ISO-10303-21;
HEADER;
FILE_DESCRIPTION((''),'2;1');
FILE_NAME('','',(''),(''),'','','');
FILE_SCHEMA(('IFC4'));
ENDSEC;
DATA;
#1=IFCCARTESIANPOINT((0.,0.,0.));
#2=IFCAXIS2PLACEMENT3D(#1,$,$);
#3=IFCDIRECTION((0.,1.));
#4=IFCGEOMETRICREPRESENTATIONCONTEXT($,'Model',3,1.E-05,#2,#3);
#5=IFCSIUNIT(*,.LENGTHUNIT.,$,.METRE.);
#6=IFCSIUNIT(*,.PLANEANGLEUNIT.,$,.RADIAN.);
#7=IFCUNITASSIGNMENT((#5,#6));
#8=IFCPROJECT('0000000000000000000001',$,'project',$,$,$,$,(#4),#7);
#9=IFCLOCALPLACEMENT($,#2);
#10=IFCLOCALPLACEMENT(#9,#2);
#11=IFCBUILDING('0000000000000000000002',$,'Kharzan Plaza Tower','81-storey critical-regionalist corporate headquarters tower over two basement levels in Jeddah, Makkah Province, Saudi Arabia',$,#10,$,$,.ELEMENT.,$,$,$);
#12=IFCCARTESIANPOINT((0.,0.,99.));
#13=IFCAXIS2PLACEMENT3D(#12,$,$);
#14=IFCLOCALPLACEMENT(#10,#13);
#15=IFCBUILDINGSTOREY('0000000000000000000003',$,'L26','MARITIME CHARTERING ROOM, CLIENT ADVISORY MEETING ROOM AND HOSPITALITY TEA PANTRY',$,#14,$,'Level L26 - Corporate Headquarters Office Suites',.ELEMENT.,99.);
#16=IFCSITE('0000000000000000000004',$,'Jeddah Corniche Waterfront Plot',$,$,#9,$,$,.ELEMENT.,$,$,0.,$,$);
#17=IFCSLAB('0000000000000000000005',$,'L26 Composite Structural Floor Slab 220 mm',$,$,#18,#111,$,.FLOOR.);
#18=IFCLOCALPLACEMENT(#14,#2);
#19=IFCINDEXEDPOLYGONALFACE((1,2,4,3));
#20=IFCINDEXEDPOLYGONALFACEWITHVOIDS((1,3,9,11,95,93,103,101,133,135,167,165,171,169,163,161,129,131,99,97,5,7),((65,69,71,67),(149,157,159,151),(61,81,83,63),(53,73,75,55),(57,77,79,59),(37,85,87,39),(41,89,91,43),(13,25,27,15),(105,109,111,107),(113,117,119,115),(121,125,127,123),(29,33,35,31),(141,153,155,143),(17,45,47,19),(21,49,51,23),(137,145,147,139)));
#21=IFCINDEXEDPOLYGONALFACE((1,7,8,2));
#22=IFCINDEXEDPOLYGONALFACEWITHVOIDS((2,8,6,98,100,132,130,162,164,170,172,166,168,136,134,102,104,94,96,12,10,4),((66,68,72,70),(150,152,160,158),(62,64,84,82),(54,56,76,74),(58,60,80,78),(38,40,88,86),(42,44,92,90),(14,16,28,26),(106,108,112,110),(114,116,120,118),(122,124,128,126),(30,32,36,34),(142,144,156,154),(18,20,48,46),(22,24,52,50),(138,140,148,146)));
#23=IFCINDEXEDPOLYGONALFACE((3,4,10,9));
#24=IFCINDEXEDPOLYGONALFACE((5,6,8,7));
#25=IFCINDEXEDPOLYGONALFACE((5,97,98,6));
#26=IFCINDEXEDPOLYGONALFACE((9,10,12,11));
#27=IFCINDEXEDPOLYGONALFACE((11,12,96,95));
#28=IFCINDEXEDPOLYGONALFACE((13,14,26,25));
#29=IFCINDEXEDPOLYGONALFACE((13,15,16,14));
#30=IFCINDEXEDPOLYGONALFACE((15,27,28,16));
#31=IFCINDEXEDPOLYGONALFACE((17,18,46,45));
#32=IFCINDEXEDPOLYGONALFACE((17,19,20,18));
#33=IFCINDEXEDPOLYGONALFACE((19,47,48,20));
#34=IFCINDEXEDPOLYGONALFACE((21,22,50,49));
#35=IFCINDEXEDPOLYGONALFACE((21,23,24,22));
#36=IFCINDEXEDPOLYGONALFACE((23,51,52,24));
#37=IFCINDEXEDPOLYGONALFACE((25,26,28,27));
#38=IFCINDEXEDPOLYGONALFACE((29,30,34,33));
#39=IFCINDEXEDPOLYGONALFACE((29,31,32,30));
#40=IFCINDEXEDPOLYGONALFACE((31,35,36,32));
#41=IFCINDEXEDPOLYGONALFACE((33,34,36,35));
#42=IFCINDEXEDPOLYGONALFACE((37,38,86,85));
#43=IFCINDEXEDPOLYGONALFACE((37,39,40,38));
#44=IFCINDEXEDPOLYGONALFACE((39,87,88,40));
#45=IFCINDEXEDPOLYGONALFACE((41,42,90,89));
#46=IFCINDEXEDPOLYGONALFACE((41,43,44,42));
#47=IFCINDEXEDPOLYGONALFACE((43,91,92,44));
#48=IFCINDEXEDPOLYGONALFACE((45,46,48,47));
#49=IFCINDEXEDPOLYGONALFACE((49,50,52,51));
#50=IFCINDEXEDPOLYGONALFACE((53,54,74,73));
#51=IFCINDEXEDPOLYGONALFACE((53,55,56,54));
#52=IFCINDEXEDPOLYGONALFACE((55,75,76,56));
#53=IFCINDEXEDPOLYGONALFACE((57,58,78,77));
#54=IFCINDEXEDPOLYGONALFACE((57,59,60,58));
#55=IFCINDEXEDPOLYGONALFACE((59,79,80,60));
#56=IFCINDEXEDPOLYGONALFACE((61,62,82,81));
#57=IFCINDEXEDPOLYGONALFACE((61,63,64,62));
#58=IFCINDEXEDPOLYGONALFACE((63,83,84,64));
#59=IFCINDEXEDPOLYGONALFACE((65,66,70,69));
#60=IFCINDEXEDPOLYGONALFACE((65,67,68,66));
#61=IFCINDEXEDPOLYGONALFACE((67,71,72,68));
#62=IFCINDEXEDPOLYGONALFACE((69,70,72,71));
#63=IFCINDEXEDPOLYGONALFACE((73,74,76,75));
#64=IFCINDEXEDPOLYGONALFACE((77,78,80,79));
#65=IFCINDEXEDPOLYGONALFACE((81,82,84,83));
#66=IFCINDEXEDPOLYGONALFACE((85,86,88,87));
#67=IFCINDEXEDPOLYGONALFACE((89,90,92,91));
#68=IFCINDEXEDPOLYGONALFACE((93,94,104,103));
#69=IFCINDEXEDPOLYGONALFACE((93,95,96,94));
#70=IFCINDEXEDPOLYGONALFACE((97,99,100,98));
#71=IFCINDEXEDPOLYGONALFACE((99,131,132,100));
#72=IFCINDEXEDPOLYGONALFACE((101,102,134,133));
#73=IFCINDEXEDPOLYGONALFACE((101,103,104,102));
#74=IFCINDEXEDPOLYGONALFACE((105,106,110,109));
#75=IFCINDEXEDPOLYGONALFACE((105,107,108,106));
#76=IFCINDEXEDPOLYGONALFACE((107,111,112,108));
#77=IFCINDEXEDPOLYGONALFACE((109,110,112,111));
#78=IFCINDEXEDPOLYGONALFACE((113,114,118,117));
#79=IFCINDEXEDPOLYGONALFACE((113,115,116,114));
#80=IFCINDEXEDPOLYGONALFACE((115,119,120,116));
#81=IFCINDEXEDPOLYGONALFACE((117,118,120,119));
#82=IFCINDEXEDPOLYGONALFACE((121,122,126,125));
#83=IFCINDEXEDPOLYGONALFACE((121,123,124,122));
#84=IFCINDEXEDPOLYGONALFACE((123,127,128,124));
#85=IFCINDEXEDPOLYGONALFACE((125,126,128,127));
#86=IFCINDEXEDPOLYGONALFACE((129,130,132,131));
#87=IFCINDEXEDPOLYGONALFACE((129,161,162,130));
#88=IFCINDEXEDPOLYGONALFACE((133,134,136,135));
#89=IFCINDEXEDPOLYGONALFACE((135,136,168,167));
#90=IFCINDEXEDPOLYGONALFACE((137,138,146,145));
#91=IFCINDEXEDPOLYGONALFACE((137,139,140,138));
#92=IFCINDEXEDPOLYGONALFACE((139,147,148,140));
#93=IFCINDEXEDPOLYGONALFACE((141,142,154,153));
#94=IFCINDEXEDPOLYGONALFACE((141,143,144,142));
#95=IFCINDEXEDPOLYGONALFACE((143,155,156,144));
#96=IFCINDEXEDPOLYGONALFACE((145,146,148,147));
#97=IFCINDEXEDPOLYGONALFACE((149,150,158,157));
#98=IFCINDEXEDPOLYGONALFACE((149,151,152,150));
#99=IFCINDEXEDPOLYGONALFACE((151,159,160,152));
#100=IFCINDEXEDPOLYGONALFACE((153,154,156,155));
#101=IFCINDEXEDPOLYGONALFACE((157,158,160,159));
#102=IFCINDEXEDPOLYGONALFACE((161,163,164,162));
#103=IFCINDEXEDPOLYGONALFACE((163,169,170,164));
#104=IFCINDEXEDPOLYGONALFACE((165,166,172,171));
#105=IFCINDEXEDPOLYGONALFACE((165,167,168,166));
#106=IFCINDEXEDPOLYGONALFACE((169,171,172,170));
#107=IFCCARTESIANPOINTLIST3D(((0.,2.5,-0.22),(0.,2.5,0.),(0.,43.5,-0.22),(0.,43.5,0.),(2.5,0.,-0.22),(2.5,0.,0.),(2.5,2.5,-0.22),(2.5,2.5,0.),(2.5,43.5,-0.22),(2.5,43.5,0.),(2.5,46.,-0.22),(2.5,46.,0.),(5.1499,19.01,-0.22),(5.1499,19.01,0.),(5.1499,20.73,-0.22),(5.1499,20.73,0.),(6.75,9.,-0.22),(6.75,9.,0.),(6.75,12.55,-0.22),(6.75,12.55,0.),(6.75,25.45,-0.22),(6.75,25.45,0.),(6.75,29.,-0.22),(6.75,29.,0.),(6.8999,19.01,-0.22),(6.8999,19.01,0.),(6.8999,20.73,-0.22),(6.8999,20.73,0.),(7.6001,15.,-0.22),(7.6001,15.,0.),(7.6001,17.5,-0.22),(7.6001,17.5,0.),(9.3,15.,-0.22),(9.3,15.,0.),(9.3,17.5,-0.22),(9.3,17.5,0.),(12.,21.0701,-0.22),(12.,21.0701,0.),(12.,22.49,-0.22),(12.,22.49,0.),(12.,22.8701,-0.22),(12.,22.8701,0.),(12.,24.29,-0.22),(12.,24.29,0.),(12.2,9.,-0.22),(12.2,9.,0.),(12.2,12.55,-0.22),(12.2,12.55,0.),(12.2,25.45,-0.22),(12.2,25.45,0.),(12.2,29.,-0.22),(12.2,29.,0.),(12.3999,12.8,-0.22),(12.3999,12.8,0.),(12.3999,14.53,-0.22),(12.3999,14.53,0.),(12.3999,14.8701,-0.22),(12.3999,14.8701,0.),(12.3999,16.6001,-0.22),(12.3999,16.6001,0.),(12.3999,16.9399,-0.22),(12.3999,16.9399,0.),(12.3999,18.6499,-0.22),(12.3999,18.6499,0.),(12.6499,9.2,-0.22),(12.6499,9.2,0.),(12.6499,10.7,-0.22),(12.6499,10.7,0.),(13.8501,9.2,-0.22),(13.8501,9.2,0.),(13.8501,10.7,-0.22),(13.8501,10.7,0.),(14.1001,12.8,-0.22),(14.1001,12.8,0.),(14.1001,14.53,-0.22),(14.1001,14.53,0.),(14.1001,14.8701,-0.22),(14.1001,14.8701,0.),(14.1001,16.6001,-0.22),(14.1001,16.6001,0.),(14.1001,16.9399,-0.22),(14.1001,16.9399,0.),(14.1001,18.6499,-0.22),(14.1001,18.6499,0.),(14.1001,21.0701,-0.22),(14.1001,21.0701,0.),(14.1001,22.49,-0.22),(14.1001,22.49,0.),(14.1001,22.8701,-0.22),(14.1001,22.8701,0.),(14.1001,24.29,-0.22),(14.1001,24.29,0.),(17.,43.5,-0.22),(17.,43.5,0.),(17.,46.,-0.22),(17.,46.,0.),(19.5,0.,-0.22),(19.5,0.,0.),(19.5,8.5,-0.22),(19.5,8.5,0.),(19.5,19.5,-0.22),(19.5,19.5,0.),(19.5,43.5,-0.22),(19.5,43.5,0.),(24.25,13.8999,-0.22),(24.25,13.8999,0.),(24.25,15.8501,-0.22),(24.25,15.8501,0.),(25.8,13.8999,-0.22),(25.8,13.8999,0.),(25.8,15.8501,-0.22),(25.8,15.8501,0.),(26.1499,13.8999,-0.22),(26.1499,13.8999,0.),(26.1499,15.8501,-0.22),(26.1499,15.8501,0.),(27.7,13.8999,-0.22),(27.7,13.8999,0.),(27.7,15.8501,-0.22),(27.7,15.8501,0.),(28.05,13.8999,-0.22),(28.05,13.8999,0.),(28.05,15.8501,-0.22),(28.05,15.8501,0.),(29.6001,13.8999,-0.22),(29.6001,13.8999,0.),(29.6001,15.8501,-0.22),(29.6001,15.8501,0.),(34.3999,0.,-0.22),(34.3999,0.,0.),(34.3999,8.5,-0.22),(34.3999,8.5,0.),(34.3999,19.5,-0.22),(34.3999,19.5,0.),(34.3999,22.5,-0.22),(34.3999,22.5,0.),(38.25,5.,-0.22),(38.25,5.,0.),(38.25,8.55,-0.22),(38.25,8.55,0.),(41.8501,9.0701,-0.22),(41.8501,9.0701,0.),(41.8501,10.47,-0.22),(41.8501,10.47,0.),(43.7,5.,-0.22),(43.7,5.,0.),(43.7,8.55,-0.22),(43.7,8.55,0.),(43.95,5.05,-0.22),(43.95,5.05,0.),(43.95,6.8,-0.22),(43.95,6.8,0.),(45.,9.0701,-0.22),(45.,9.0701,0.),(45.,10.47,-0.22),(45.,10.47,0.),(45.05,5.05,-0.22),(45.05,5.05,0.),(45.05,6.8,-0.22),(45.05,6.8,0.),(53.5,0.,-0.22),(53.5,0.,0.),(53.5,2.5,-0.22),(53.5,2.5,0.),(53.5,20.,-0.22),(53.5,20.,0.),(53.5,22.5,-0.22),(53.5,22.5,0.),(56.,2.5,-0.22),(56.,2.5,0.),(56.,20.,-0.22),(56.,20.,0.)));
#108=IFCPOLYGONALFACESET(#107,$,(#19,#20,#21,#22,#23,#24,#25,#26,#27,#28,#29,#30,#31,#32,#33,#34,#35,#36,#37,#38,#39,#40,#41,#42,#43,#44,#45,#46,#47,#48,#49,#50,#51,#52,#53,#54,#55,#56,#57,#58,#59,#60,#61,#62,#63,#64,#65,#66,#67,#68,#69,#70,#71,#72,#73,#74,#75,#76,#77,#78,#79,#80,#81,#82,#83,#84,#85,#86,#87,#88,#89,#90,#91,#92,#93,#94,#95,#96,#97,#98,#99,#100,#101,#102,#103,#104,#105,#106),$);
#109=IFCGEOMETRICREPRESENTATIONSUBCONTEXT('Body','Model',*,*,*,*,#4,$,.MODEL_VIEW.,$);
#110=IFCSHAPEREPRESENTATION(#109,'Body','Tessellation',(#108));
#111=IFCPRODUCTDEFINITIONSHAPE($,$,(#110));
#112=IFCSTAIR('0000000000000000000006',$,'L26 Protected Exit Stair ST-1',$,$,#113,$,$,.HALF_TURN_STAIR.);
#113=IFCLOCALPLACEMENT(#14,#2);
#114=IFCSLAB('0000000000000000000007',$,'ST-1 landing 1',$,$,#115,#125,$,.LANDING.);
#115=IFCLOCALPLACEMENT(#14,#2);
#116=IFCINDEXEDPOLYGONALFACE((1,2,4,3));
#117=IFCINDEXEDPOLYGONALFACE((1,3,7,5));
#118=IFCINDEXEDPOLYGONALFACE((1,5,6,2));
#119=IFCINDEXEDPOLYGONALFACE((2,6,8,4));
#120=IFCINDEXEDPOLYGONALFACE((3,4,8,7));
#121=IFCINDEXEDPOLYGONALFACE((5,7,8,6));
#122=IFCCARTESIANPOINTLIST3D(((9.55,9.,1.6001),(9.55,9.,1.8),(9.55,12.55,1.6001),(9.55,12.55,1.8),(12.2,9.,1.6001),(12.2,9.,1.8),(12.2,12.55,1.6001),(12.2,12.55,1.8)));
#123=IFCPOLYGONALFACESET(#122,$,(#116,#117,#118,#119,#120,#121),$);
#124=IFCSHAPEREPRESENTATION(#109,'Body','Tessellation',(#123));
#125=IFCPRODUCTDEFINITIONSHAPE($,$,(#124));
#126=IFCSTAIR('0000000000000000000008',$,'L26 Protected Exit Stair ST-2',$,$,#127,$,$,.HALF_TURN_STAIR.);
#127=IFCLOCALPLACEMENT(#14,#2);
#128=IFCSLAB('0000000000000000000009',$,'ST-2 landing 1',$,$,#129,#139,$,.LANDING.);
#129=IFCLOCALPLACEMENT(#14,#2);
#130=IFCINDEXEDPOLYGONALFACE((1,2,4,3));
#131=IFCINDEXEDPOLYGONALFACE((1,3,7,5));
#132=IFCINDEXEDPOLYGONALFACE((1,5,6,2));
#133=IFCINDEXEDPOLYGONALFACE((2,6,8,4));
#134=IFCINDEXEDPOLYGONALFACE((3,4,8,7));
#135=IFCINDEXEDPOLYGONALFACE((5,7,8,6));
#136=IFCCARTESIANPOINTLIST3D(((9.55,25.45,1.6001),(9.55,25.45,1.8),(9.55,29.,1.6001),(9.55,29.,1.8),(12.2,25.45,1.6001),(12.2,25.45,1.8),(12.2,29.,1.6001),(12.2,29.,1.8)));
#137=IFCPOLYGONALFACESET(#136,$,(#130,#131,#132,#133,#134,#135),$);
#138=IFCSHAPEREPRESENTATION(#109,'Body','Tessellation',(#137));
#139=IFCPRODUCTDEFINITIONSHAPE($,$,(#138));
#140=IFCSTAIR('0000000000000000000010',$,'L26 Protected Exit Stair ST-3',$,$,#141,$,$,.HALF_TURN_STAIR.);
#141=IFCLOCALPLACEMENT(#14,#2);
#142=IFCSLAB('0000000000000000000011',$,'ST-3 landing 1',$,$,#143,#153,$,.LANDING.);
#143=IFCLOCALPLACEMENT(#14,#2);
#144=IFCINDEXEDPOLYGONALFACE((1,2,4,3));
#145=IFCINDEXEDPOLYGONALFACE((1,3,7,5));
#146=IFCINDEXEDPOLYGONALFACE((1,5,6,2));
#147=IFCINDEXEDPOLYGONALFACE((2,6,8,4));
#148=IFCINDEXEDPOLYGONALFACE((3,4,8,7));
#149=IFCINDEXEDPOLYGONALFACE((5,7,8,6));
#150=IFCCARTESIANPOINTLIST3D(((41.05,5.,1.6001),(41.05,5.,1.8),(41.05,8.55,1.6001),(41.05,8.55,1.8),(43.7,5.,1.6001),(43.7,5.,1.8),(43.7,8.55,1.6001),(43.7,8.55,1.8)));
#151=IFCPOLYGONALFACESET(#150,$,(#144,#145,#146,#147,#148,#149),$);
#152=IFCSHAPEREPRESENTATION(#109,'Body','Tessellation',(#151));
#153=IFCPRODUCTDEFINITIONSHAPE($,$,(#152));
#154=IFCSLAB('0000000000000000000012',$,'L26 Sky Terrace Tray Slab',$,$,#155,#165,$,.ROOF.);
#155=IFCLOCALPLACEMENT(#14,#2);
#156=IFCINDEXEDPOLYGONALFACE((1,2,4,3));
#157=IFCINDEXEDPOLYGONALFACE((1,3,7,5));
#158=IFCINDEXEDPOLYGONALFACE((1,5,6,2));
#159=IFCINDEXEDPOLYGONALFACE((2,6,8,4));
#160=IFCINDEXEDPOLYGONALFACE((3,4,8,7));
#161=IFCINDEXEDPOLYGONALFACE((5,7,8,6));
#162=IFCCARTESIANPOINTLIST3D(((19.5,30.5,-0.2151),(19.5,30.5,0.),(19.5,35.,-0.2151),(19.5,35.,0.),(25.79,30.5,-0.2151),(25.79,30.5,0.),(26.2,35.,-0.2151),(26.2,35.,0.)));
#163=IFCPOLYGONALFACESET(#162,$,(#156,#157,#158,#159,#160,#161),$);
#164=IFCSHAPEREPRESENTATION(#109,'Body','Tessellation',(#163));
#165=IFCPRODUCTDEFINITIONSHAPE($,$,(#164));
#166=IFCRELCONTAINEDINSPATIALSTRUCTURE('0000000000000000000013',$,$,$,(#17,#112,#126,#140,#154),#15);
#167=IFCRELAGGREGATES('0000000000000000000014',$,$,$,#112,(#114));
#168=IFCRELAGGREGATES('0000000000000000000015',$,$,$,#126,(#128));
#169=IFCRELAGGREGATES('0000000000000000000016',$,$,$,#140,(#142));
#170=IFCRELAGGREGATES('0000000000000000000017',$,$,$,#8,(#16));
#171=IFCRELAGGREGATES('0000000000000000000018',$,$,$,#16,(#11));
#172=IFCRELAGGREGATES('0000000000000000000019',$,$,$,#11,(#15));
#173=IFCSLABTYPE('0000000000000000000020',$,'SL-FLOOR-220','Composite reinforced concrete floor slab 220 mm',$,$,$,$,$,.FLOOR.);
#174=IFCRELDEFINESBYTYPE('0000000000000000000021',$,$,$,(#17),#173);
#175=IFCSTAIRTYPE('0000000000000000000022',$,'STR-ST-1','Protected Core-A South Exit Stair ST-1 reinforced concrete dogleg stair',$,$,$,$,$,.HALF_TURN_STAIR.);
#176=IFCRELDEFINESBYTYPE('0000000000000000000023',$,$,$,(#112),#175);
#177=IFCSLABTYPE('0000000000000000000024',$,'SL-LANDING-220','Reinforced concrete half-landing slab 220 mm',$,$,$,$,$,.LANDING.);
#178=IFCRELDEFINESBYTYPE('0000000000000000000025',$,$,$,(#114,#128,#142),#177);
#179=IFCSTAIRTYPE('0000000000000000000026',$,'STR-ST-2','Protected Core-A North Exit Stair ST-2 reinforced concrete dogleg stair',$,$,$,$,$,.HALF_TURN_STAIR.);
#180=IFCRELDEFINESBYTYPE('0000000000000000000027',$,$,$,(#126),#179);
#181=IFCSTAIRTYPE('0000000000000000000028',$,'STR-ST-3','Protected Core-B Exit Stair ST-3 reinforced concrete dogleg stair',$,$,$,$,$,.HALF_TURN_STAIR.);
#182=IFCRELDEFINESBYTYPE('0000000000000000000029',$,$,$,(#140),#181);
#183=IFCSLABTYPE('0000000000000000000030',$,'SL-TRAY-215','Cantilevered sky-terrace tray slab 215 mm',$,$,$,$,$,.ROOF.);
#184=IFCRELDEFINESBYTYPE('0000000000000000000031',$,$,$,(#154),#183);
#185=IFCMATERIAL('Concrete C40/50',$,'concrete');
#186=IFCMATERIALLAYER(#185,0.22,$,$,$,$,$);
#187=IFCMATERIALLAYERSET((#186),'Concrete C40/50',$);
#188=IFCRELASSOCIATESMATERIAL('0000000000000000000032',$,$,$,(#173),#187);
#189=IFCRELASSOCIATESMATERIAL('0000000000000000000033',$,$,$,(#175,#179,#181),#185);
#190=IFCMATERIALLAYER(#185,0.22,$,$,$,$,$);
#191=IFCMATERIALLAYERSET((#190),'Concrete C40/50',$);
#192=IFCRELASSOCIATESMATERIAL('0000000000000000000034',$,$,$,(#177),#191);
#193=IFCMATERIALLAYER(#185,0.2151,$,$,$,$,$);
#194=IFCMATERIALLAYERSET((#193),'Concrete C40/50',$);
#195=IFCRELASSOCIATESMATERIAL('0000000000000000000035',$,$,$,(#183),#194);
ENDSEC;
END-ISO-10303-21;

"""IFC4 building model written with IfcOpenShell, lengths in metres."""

from ifc_helpers import new_model, si_unit, direction, frame, origin, place, context, subcontext, project, spatial, polyline, outline, extrude, material, layer, layer_set, type_object, element, aggregate, save


model = new_model("IFC4")

# Units and contexts
model_context = context("Model", 3, precision=1e-05, world=origin(), true_north=direction((0.0, 1.0)))
body_context = subcontext(model_context, "Body", "Model", "MODEL_VIEW")
ifc_project = project(units=[si_unit("LENGTHUNIT", "METRE"), si_unit("PLANEANGLEUNIT", "RADIAN")], contexts=[model_context])

# Site, building, storey
site_placement = place(None, origin())
site = spatial("IfcSite", under=ifc_project, at=site_placement, Name="Jeddah Corniche Waterfront Plot", CompositionType="ELEMENT", RefElevation=0.0)
building_placement = place(site_placement, origin())
building = spatial("IfcBuilding", under=site, at=building_placement, Name="Kharzan Plaza Tower", Description="81-storey critical-regionalist corporate headquarters tower over two basement levels in Jeddah, Makkah Province, Saudi Arabia", CompositionType="ELEMENT")
storey_placement = place(building_placement, frame((0.0, 0.0, 99.0)))
storey = spatial("IfcBuildingStorey", under=building, at=storey_placement, Name="L26", Description="MARITIME CHARTERING ROOM, CLIENT ADVISORY MEETING ROOM AND HOSPITALITY TEA PANTRY", LongName="Level L26 - Corporate Headquarters Office Suites", CompositionType="ELEMENT", Elevation=99.0)

# Slab
ifc_material_1 = material(Name="Concrete C40/50", Category="concrete")
ifc_layer_1 = layer(ifc_material_1, 0.22)
ifc_layer_set_1 = layer_set([ifc_layer_1], Name="Concrete C40/50")
slab_type_1 = type_object("IfcSlabType", Name="SL-FLOOR-220", Description="Composite reinforced concrete floor slab 220 mm", PredefinedType="FLOOR", material=ifc_layer_set_1)
slab_1_placement = place(storey_placement, frame((0.0, 0.0, -0.22)))
element("IfcSlab", 1, at=slab_1_placement, inside=storey, type_object=slab_type_1, Name="L26 Composite Structural Floor Slab 220 mm", PredefinedType="FLOOR", context=body_context, shape_type="SweptSolid", body=[
    extrude(outline(polyline([(34.3999, 19.5), (19.5, 19.5), (19.5, 43.5), (17.0, 43.5), (17.0, 46.0), (2.5, 46.0), (2.5, 43.5), (0.0, 43.5), (0.0, 2.5), (2.5, 2.5), (2.5, 0.0), (19.5, 0.0), (19.5, 8.5), (34.3999, 8.5), (34.3999, 0.0), (53.5, 0.0), (53.5, 2.5), (56.0, 2.5), (56.0, 20.0), (53.5, 20.0), (53.5, 22.5), (34.3999, 22.5), (34.3999, 19.5)]), holes=[polyline([(12.2, 9.0), (12.2, 12.55), (6.75, 12.55), (6.75, 9.0), (12.2, 9.0)]), polyline([(14.1001, 12.8), (14.1001, 14.53), (12.3999, 14.53), (12.3999, 12.8), (14.1001, 12.8)]), polyline([(14.1001, 14.8701), (14.1001, 16.6001), (12.3999, 16.6001), (12.3999, 14.8701), (14.1001, 14.8701)]), polyline([(9.3, 15.0), (9.3, 17.5), (7.6001, 17.5), (7.6001, 15.0), (9.3, 15.0)]), polyline([(6.8999, 19.01), (6.8999, 20.73), (5.1499, 20.73), (5.1499, 19.01), (6.8999, 19.01)]), polyline([(14.1001, 21.0701), (14.1001, 22.49), (12.0, 22.49), (12.0, 21.0701), (14.1001, 21.0701)]), polyline([(14.1001, 22.8701), (14.1001, 24.29), (12.0, 24.29), (12.0, 22.8701), (14.1001, 22.8701)]), polyline([(12.2, 25.45), (12.2, 29.0), (6.75, 29.0), (6.75, 25.45), (12.2, 25.45)]), polyline([(45.05, 5.05), (45.05, 6.8), (43.95, 6.8), (43.95, 5.05), (45.05, 5.05)]), polyline([(43.7, 5.0), (43.7, 8.55), (38.25, 8.55), (38.25, 5.0), (43.7, 5.0)]), polyline([(45.0, 9.0701), (45.0, 10.47), (41.8501, 10.47), (41.8501, 9.0701), (45.0, 9.0701)]), polyline([(13.8501, 9.2), (13.8501, 10.7), (12.6499, 10.7), (12.6499, 9.2), (13.8501, 9.2)]), polyline([(25.8, 13.8999), (25.8, 15.8501), (24.25, 15.8501), (24.25, 13.8999), (25.8, 13.8999)]), polyline([(27.7, 13.8999), (27.7, 15.8501), (26.1499, 15.8501), (26.1499, 13.8999), (27.7, 13.8999)]), polyline([(29.6001, 13.8999), (29.6001, 15.8501), (28.05, 15.8501), (28.05, 13.8999), (29.6001, 13.8999)]), polyline([(14.1001, 16.9399), (14.1001, 18.6499), (12.3999, 18.6499), (12.3999, 16.9399), (14.1001, 16.9399)])]), origin(), (0.0, 0.0, 1.0), 0.22),
])

# Stairs, slabs
stair_type_1 = type_object("IfcStairType", Name="STR-ST-1", Description="Protected Core-A South Exit Stair ST-1 reinforced concrete dogleg stair", PredefinedType="HALF_TURN_STAIR", material=ifc_material_1)
stair_1_placement = place(storey_placement, origin())
stair_1 = element("IfcStair", 2, at=stair_1_placement, inside=storey, type_object=stair_type_1, Name="L26 Protected Exit Stair ST-1", PredefinedType="HALF_TURN_STAIR")
ifc_layer_2 = layer(ifc_material_1, 0.22)
ifc_layer_set_2 = layer_set([ifc_layer_2], Name="Concrete C40/50")
slab_type_2 = type_object("IfcSlabType", Name="SL-LANDING-220", Description="Reinforced concrete half-landing slab 220 mm", PredefinedType="LANDING", material=ifc_layer_set_2)
slab_2_placement = place(storey_placement, frame((0.0, 0.0, 1.6001)))
slab_2 = element("IfcSlab", 3, at=slab_2_placement, type_object=slab_type_2, Name="ST-1 landing 1", PredefinedType="LANDING", context=body_context, shape_type="SweptSolid", body=[
    extrude(outline(polyline([(9.55, 9.0), (12.2, 9.0), (12.2, 12.55), (9.55, 12.55), (9.55, 9.0)])), origin(), (0.0, 0.0, 1.0), 0.2),
])
aggregate(stair_1, [slab_2])
stair_type_2 = type_object("IfcStairType", Name="STR-ST-2", Description="Protected Core-A North Exit Stair ST-2 reinforced concrete dogleg stair", PredefinedType="HALF_TURN_STAIR", material=ifc_material_1)
stair_2_placement = place(storey_placement, origin())
stair_2 = element("IfcStair", 4, at=stair_2_placement, inside=storey, type_object=stair_type_2, Name="L26 Protected Exit Stair ST-2", PredefinedType="HALF_TURN_STAIR")
slab_3_placement = place(storey_placement, frame((0.0, 0.0, 1.6001)))
slab_3 = element("IfcSlab", 5, at=slab_3_placement, type_object=slab_type_2, Name="ST-2 landing 1", PredefinedType="LANDING", context=body_context, shape_type="SweptSolid", body=[
    extrude(outline(polyline([(9.55, 25.45), (12.2, 25.45), (12.2, 29.0), (9.55, 29.0), (9.55, 25.45)])), origin(), (0.0, 0.0, 1.0), 0.2),
])
aggregate(stair_2, [slab_3])
stair_type_3 = type_object("IfcStairType", Name="STR-ST-3", Description="Protected Core-B Exit Stair ST-3 reinforced concrete dogleg stair", PredefinedType="HALF_TURN_STAIR", material=ifc_material_1)
stair_3_placement = place(storey_placement, origin())
stair_3 = element("IfcStair", 6, at=stair_3_placement, inside=storey, type_object=stair_type_3, Name="L26 Protected Exit Stair ST-3", PredefinedType="HALF_TURN_STAIR")
slab_4_placement = place(storey_placement, frame((0.0, 0.0, 1.6001)))
slab_4 = element("IfcSlab", 7, at=slab_4_placement, type_object=slab_type_2, Name="ST-3 landing 1", PredefinedType="LANDING", context=body_context, shape_type="SweptSolid", body=[
    extrude(outline(polyline([(41.05, 5.0), (43.7, 5.0), (43.7, 8.55), (41.05, 8.55), (41.05, 5.0)])), origin(), (0.0, 0.0, 1.0), 0.2),
])
aggregate(stair_3, [slab_4])

# Slab
ifc_layer_3 = layer(ifc_material_1, 0.2151)
ifc_layer_set_3 = layer_set([ifc_layer_3], Name="Concrete C40/50")
slab_type_3 = type_object("IfcSlabType", Name="SL-TRAY-215", Description="Cantilevered sky-terrace tray slab 215 mm", PredefinedType="ROOF", material=ifc_layer_set_3)
slab_5_placement = place(storey_placement, frame((0.0, 0.0, -0.2151)))
element("IfcSlab", 8, at=slab_5_placement, inside=storey, type_object=slab_type_3, Name="L26 Sky Terrace Tray Slab", PredefinedType="ROOF", context=body_context, shape_type="SweptSolid", body=[
    extrude(outline(polyline([(19.5, 30.5), (25.79, 30.5), (26.2, 35.0), (19.5, 35.0), (19.5, 30.5)])), origin(), (0.0, 0.0, 1.0), 0.2151),
])

save(model, "model.ifc")
